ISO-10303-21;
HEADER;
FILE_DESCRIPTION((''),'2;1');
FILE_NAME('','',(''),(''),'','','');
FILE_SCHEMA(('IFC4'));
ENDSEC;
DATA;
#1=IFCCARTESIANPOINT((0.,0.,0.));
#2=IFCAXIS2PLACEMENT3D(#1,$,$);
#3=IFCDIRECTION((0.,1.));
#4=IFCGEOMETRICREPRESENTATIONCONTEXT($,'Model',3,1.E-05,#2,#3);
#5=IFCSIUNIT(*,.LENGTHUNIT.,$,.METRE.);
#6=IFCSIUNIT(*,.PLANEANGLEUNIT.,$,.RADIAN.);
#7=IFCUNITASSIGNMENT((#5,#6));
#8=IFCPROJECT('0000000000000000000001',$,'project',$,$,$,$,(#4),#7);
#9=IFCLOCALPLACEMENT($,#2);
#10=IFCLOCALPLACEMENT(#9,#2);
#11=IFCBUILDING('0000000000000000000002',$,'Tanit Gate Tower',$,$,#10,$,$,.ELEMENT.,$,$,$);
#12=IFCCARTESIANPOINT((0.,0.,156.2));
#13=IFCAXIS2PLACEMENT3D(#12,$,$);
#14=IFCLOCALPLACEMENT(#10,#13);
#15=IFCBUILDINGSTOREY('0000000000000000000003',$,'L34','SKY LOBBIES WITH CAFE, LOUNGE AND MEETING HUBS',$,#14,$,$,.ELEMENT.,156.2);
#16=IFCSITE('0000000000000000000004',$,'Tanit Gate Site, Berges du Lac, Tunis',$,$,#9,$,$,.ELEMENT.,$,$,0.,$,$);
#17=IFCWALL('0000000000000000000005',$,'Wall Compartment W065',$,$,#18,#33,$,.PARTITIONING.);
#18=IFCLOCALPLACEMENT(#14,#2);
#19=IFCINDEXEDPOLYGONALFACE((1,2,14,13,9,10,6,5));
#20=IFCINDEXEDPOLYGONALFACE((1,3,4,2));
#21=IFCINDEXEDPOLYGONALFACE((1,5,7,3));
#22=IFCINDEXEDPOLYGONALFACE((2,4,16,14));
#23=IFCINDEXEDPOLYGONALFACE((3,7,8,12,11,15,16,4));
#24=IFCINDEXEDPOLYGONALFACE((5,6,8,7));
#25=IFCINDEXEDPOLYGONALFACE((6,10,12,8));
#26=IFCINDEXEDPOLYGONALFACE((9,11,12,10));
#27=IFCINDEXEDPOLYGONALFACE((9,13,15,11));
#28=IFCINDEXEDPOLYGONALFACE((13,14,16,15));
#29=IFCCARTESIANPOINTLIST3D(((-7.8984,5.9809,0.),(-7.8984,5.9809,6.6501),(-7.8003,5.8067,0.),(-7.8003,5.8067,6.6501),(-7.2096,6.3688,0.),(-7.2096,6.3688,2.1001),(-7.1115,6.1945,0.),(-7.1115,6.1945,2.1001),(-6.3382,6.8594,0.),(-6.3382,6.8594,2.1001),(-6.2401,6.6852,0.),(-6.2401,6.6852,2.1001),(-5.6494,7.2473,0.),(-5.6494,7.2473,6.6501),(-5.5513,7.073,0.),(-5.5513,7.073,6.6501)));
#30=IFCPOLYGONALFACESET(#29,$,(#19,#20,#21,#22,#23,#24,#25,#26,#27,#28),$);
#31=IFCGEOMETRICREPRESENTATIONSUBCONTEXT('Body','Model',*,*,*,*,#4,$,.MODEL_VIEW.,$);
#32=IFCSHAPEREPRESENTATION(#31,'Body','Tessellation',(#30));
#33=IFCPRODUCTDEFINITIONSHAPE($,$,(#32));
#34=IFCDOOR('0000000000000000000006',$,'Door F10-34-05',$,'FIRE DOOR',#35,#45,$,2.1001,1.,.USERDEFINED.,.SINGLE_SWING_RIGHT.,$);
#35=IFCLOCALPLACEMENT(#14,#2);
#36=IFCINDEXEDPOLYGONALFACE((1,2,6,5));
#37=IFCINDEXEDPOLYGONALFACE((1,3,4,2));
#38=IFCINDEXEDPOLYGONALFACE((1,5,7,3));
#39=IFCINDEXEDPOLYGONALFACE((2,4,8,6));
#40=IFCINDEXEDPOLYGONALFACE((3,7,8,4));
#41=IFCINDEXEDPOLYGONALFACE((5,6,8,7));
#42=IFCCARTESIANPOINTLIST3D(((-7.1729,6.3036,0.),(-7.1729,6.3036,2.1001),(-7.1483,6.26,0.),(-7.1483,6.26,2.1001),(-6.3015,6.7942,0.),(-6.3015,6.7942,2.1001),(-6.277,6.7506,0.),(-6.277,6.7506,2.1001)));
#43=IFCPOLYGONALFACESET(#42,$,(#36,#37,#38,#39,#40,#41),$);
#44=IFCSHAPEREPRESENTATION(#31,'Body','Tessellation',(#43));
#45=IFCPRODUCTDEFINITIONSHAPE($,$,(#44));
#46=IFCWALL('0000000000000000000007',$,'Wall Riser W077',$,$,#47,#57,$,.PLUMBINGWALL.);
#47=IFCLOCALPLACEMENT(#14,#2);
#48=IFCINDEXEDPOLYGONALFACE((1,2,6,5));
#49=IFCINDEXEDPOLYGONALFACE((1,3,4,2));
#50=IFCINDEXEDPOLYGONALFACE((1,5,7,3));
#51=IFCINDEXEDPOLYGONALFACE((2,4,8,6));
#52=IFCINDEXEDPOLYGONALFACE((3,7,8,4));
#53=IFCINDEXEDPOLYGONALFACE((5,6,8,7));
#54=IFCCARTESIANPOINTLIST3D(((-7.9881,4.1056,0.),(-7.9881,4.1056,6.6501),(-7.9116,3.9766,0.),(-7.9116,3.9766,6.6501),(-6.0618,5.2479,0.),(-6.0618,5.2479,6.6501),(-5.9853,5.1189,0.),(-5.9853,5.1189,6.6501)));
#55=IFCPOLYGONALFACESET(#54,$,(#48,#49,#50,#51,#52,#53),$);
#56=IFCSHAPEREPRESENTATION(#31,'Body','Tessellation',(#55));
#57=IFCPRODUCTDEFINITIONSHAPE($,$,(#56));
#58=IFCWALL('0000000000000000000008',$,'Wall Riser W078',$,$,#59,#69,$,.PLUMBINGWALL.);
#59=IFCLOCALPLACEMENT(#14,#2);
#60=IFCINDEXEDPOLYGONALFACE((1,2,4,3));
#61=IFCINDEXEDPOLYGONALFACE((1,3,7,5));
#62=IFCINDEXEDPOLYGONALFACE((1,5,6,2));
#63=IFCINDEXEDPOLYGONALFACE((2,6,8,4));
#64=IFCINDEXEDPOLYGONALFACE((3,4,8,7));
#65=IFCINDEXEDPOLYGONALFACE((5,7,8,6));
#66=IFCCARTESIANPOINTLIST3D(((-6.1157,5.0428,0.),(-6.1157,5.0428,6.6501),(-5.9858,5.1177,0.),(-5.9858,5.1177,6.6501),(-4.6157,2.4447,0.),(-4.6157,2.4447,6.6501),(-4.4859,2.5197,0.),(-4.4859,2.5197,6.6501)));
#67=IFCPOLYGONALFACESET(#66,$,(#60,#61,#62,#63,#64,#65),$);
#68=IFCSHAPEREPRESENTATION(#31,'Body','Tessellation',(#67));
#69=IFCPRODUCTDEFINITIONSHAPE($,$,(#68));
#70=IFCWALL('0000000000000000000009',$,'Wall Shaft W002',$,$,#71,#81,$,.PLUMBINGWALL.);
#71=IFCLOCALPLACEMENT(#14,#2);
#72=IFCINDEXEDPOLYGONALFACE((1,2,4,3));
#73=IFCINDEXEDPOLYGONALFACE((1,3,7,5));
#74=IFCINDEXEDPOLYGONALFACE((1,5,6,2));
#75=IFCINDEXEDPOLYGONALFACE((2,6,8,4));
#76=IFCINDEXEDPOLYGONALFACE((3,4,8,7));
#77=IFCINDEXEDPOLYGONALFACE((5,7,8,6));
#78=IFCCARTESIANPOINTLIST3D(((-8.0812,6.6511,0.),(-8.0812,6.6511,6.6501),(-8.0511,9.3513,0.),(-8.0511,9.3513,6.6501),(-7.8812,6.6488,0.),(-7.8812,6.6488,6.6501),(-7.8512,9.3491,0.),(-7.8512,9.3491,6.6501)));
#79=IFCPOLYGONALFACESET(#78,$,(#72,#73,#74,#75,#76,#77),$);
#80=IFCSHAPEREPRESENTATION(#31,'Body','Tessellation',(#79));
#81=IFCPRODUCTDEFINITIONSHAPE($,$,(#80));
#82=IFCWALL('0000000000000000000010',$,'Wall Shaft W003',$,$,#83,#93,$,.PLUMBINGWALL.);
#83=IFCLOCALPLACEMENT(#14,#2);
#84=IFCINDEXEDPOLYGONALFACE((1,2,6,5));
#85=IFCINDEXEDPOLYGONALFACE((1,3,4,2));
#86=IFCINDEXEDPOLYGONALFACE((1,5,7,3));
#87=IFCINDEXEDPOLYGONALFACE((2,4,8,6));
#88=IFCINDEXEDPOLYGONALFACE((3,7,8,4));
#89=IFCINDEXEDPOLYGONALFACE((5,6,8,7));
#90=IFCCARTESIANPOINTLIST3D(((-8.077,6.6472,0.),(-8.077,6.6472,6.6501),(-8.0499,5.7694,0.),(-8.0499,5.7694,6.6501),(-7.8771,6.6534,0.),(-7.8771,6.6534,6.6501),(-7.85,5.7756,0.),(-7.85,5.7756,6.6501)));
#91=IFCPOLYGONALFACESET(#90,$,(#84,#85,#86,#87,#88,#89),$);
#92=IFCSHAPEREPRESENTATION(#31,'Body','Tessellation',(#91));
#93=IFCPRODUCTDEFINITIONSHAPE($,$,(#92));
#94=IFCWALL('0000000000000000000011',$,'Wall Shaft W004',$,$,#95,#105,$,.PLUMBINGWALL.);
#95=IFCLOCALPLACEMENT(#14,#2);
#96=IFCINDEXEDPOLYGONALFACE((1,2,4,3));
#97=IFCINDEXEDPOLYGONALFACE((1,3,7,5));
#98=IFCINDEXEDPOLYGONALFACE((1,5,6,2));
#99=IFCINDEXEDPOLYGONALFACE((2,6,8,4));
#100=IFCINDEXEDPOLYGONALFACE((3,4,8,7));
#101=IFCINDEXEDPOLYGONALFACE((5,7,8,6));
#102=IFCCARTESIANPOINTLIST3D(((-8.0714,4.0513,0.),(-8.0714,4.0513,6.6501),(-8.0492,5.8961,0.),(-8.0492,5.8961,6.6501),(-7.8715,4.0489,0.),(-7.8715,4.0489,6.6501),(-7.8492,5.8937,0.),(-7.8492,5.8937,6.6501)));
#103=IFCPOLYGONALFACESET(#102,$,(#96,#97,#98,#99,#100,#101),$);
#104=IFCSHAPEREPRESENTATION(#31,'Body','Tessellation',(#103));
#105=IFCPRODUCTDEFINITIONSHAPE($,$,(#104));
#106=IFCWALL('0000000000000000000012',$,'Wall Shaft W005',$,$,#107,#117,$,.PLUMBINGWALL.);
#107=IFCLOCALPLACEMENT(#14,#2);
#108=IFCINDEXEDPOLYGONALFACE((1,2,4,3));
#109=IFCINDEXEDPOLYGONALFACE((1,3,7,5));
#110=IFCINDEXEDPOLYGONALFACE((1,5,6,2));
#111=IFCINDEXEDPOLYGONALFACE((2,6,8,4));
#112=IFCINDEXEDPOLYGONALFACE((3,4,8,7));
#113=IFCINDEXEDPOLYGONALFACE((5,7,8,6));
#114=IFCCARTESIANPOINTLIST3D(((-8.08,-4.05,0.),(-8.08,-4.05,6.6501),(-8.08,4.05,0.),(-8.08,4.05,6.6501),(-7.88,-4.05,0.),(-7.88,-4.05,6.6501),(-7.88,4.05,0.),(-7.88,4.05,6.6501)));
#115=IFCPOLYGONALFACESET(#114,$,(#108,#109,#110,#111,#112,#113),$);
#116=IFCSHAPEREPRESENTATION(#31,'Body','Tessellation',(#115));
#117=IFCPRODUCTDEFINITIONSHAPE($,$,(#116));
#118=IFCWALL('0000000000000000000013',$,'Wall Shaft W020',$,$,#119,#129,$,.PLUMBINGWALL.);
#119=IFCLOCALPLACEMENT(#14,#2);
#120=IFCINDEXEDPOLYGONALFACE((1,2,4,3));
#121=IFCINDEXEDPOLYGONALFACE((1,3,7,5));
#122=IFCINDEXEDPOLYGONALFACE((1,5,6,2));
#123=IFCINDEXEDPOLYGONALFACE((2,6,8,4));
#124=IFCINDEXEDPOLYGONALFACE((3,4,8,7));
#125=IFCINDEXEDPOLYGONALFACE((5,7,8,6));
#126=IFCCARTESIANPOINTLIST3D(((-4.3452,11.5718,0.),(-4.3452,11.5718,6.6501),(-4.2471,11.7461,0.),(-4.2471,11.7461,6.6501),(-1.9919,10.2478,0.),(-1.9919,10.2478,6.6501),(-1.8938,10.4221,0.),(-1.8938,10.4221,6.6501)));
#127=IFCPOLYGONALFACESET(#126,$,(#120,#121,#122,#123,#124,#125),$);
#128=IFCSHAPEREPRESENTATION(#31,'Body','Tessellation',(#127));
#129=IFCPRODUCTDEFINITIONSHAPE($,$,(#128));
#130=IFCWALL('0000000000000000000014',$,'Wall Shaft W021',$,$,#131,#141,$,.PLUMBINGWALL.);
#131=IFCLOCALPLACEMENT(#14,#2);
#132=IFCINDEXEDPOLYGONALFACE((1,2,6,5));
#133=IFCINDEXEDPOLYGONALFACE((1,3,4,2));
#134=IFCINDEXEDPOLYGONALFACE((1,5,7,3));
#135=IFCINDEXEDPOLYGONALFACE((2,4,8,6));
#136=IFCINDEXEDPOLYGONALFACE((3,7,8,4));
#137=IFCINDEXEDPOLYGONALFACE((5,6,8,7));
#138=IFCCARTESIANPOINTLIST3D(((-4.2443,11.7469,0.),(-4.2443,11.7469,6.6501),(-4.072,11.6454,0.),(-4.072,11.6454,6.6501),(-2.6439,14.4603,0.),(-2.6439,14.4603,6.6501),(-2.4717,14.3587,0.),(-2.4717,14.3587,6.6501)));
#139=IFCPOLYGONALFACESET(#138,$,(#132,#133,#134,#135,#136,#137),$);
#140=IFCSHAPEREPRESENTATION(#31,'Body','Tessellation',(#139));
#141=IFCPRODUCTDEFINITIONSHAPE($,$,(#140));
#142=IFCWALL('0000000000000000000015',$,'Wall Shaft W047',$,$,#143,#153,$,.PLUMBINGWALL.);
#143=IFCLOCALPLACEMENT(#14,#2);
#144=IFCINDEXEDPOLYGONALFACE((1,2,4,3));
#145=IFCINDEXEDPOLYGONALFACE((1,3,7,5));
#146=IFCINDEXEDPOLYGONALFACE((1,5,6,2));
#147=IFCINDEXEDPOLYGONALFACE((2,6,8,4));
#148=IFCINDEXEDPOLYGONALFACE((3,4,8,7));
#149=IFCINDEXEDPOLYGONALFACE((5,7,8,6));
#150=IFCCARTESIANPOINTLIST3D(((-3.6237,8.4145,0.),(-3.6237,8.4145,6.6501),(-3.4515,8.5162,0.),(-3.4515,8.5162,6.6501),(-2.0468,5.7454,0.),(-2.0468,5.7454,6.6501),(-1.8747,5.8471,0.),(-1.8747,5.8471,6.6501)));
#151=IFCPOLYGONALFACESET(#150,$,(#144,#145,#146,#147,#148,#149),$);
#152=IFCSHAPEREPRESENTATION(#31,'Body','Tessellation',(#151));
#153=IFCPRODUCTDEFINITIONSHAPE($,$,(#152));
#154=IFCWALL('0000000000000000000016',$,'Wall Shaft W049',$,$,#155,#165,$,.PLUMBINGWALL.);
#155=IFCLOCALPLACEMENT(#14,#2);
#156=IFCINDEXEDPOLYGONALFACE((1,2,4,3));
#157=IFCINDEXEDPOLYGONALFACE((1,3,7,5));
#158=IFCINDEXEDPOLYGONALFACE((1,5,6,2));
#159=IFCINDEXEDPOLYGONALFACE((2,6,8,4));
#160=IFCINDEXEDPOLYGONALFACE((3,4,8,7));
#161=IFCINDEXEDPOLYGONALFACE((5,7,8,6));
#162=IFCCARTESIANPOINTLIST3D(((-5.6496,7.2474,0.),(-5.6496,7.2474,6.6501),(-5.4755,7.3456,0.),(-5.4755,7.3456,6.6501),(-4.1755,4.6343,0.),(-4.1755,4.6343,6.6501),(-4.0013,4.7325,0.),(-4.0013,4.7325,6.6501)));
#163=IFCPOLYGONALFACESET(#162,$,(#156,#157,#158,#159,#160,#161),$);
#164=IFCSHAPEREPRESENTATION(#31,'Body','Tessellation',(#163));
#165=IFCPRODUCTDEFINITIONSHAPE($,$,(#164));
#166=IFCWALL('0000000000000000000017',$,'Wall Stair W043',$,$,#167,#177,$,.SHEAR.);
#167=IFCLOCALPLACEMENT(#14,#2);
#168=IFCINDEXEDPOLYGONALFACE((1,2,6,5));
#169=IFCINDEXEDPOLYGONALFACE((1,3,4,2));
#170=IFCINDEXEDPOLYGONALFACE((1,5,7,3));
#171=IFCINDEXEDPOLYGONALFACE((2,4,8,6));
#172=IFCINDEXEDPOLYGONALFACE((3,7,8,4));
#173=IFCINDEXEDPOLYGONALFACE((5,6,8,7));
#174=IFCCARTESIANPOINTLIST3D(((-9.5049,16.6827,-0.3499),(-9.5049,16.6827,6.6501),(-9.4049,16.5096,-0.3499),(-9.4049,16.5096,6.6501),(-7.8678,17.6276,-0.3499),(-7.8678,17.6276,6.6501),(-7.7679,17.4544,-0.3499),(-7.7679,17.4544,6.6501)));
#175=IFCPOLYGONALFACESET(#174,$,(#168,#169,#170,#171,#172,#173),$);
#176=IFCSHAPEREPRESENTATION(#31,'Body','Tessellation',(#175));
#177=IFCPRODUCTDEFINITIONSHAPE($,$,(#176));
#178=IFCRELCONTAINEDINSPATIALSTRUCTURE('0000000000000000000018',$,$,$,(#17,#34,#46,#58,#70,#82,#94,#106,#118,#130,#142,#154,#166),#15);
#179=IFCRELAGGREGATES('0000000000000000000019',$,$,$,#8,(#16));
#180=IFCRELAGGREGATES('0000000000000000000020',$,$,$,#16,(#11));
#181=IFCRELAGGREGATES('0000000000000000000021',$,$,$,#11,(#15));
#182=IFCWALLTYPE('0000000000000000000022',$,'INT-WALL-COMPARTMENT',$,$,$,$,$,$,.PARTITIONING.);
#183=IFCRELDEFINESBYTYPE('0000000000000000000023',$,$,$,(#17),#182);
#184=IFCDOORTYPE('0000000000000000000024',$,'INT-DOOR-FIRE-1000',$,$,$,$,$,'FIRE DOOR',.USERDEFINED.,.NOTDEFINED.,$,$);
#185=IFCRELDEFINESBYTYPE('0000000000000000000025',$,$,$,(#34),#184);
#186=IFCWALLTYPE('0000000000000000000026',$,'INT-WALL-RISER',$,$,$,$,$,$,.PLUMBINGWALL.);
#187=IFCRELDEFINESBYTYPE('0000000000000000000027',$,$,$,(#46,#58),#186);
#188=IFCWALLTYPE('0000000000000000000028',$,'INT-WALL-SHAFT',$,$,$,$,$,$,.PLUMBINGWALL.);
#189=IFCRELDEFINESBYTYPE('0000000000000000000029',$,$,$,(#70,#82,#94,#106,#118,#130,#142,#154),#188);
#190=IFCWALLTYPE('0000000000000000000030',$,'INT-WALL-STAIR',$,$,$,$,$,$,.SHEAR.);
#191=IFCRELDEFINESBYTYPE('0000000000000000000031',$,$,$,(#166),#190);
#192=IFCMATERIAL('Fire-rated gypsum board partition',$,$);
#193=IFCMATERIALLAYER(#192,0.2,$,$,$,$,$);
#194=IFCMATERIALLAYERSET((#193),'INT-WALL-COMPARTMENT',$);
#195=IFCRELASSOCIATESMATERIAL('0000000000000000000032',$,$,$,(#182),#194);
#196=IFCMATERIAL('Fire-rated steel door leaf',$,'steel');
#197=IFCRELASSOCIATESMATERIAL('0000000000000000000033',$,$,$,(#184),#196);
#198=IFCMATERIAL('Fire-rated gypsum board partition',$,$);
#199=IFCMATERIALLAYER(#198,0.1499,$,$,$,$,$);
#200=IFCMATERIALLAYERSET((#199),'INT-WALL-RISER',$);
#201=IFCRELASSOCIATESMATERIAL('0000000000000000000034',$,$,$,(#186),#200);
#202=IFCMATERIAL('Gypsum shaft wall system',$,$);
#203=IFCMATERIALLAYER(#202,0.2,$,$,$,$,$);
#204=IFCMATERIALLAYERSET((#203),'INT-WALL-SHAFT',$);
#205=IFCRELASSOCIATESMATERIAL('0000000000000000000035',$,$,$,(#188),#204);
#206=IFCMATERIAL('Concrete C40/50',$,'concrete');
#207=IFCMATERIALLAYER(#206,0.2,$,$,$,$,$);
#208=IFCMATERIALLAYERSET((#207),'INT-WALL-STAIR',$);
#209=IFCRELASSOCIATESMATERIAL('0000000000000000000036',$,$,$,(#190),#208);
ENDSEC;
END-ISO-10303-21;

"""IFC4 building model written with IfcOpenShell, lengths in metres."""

from ifc_helpers import new_model, si_unit, direction, frame, frame_2d, origin, place, context, subcontext, project, spatial, rectangle, extrude, material, layer, layer_set, type_object, element, fill, save


model = new_model("IFC4")

# Units and contexts
model_context = context("Model", 3, precision=1e-05, world=origin(), true_north=direction((0.0, 1.0)))
body_context = subcontext(model_context, "Body", "Model", "MODEL_VIEW")
ifc_project = project(units=[si_unit("LENGTHUNIT", "METRE"), si_unit("PLANEANGLEUNIT", "RADIAN")], contexts=[model_context])

# Site, building, storey
site_placement = place(None, origin())
site = spatial("IfcSite", under=ifc_project, at=site_placement, Name="Tanit Gate Site, Berges du Lac, Tunis", CompositionType="ELEMENT", RefElevation=0.0)
building_placement = place(site_placement, origin())
building = spatial("IfcBuilding", under=site, at=building_placement, Name="Tanit Gate Tower", CompositionType="ELEMENT")
storey_placement = place(building_placement, frame((0.0, 0.0, 156.2)))
storey = spatial("IfcBuildingStorey", under=building, at=storey_placement, Name="L34", Description="SKY LOBBIES WITH CAFE, LOUNGE AND MEETING HUBS", CompositionType="ELEMENT", Elevation=156.2)

# Wall, opening, door
ifc_material_1 = material(Name="Fire-rated gypsum board partition")
ifc_layer_1 = layer(ifc_material_1, 0.2)
ifc_layer_set_1 = layer_set([ifc_layer_1], Name="INT-WALL-COMPARTMENT")
wall_type_1 = type_object("IfcWallType", Name="INT-WALL-COMPARTMENT", PredefinedType="PARTITIONING", material=ifc_layer_set_1)
wall_1_placement = place(storey_placement, frame((-5.6003, 7.1602, 0.0), z_axis=(0.0, 0.0, 1.0), x_axis=(-0.871363, -0.490638, 0.0)))
wall_1 = element("IfcWall", 1, at=wall_1_placement, inside=storey, type_object=wall_type_1, Name="Wall Compartment W065", PredefinedType="PARTITIONING", context=body_context, shape_type="SweptSolid", body=[
    extrude(rectangle(XDim=2.5811, YDim=0.2, at=frame_2d((1.2905, 0.0))), origin(), (0.0, 0.0, 1.0), 6.6501),
])
opening_1_placement = place(wall_1_placement, frame((0.7905, 0.0, 0.0)))
opening_1 = element("IfcOpeningElement", 2, at=opening_1_placement, cuts=wall_1, PredefinedType="OPENING", context=body_context, shape_type="SweptSolid", body=[
    extrude(rectangle(XDim=1.0, YDim=2.1001, at=frame_2d((0.5, 1.05))), frame((0.0, 0.1099, 0.0), z_axis=(0.0, -1.0, 0.0), x_axis=(1.0, 0.0, 0.0)), (0.0, 0.0, 1.0), 0.22),
])
ifc_material_2 = material(Name="Fire-rated steel door leaf", Category="steel")
door_type_1 = type_object("IfcDoorType", Name="INT-DOOR-FIRE-1000", ElementType="FIRE DOOR", OperationType="NOTDEFINED", PredefinedType="USERDEFINED", material=ifc_material_2)
door_1_placement = place(opening_1_placement, origin())
door_1 = element("IfcDoor", 3, at=door_1_placement, inside=storey, type_object=door_type_1, Name="Door F10-34-05", ObjectType="FIRE DOOR", OperationType="SINGLE_SWING_RIGHT", OverallHeight=2.1001, OverallWidth=1.0, PredefinedType="USERDEFINED", context=body_context, shape_type="SweptSolid", body=[
    extrude(rectangle(XDim=1.0, YDim=2.1001, at=frame_2d((0.5, 1.05))), frame((0.0, 0.0249, 0.0), z_axis=(0.0, -1.0, 0.0), x_axis=(1.0, 0.0, 0.0)), (0.0, 0.0, 1.0), 0.05),
])
fill(opening_1, door_1)

# Walls
ifc_material_3 = material(Name="Fire-rated gypsum board partition")
ifc_layer_2 = layer(ifc_material_3, 0.1499)
ifc_layer_set_2 = layer_set([ifc_layer_2], Name="INT-WALL-RISER")
wall_type_2 = type_object("IfcWallType", Name="INT-WALL-RISER", PredefinedType="PLUMBINGWALL", material=ifc_layer_set_2)
wall_2_placement = place(storey_placement, frame((-6.0237, 5.1833, 0.0), z_axis=(0.0, 0.0, 1.0), x_axis=(-0.860127, -0.51008, 0.0)))
element("IfcWall", 4, at=wall_2_placement, inside=storey, type_object=wall_type_2, Name="Wall Riser W077", PredefinedType="PLUMBINGWALL", context=body_context, shape_type="SweptSolid", body=[
    extrude(rectangle(XDim=2.2395, YDim=0.1499, at=frame_2d((1.1196, 0.0))), origin(), (0.0, 0.0, 1.0), 6.6501),
])
wall_3_placement = place(storey_placement, frame((-4.5508, 2.4822, 0.0), z_axis=(0.0, 0.0, 1.0), x_axis=(-0.49999, 0.866031, 0.0)))
element("IfcWall", 5, at=wall_3_placement, inside=storey, type_object=wall_type_2, Name="Wall Riser W078", PredefinedType="PLUMBINGWALL", context=body_context, shape_type="SweptSolid", body=[
    extrude(rectangle(XDim=3.0, YDim=0.1499, at=frame_2d((1.5, 0.0))), origin(), (0.0, 0.0, 1.0), 6.6501),
])
ifc_material_4 = material(Name="Gypsum shaft wall system")
ifc_layer_3 = layer(ifc_material_4, 0.2)
ifc_layer_set_3 = layer_set([ifc_layer_3], Name="INT-WALL-SHAFT")
wall_type_3 = type_object("IfcWallType", Name="INT-WALL-SHAFT", PredefinedType="PLUMBINGWALL", material=ifc_layer_set_3)
wall_4_placement = place(storey_placement, frame((-7.9512, 9.3501, 0.0), z_axis=(0.0, 0.0, 1.0), x_axis=(-0.01112, -0.999938, 0.0)))
element("IfcWall", 6, at=wall_4_placement, inside=storey, type_object=wall_type_3, Name="Wall Shaft W002", PredefinedType="PLUMBINGWALL", context=body_context, shape_type="SweptSolid", body=[
    extrude(rectangle(XDim=2.7004, YDim=0.2, at=frame_2d((1.3501, 0.0))), origin(), (0.0, 0.0, 1.0), 6.6501),
])
wall_5_placement = place(storey_placement, frame((-7.9771, 6.6501, 0.0), z_axis=(0.0, 0.0, 1.0), x_axis=(0.030862, -0.999524, 0.0)))
element("IfcWall", 7, at=wall_5_placement, inside=storey, type_object=wall_type_3, Name="Wall Shaft W003", PredefinedType="PLUMBINGWALL", context=body_context, shape_type="SweptSolid", body=[
    extrude(rectangle(XDim=0.8782, YDim=0.2, at=frame_2d((0.439, 0.0))), origin(), (0.0, 0.0, 1.0), 6.6501),
])
wall_6_placement = place(storey_placement, frame((-7.9492, 5.8948, 0.0), z_axis=(0.0, 0.0, 1.0), x_axis=(-0.012043, -0.999927, 0.0)))
element("IfcWall", 8, at=wall_6_placement, inside=storey, type_object=wall_type_3, Name="Wall Shaft W004", PredefinedType="PLUMBINGWALL", context=body_context, shape_type="SweptSolid", body=[
    extrude(rectangle(XDim=1.845, YDim=0.2, at=frame_2d((0.9224, 0.0))), origin(), (0.0, 0.0, 1.0), 6.6501),
])
wall_7_placement = place(storey_placement, frame((-7.98, 4.05, 0.0), z_axis=(0.0, 0.0, 1.0), x_axis=(0.0, -1.0, 0.0)))
element("IfcWall", 9, at=wall_7_placement, inside=storey, type_object=wall_type_3, Name="Wall Shaft W005", PredefinedType="PLUMBINGWALL", context=body_context, shape_type="SweptSolid", body=[
    extrude(rectangle(XDim=8.1001, YDim=0.2, at=frame_2d((4.05, 0.0))), origin(), (0.0, 0.0, 1.0), 6.6501),
])
wall_8_placement = place(storey_placement, frame((-4.2961, 11.6589, 0.0), z_axis=(0.0, 0.0, 1.0), x_axis=(0.871534, -0.490334, 0.0)))
element("IfcWall", 10, at=wall_8_placement, inside=storey, type_object=wall_type_3, Name="Wall Shaft W020", PredefinedType="PLUMBINGWALL", context=body_context, shape_type="SweptSolid", body=[
    extrude(rectangle(XDim=2.7002, YDim=0.2, at=frame_2d((1.3501, 0.0))), origin(), (0.0, 0.0, 1.0), 6.6501),
])
wall_9_placement = place(storey_placement, frame((-4.1582, 11.696, 0.0), z_axis=(0.0, 0.0, 1.0), x_axis=(0.508019, 0.861346, 0.0)))
element("IfcWall", 11, at=wall_9_placement, inside=storey, type_object=wall_type_3, Name="Wall Shaft W021", PredefinedType="PLUMBINGWALL", context=body_context, shape_type="SweptSolid", body=[
    extrude(rectangle(XDim=3.1501, YDim=0.2, at=frame_2d((1.5752, 0.0))), origin(), (0.0, 0.0, 1.0), 6.6501),
])

# Walls
wall_10_placement = place(storey_placement, frame((-3.5376, 8.4653, 0.0), z_axis=(0.0, 0.0, 1.0), x_axis=(0.508647, -0.860975, 0.0)))
element("IfcWall", 12, at=wall_10_placement, inside=storey, type_object=wall_type_3, Name="Wall Shaft W047", PredefinedType="PLUMBINGWALL", context=body_context, shape_type="SweptSolid", body=[
    extrude(rectangle(XDim=3.1001, YDim=0.2, at=frame_2d((1.55, 0.0))), origin(), (0.0, 0.0, 1.0), 6.6501),
])
wall_11_placement = place(storey_placement, frame((-5.5625, 7.2964, 0.0), z_axis=(0.0, 0.0, 1.0), x_axis=(0.491347, -0.870964, 0.0)))
element("IfcWall", 13, at=wall_11_placement, inside=storey, type_object=wall_type_3, Name="Wall Shaft W049", PredefinedType="PLUMBINGWALL", context=body_context, shape_type="SweptSolid", body=[
    extrude(rectangle(XDim=3.0002, YDim=0.2, at=frame_2d((1.5, 0.0))), origin(), (0.0, 0.0, 1.0), 6.6501),
])
ifc_material_5 = material(Name="Concrete C40/50", Category="concrete")
ifc_layer_4 = layer(ifc_material_5, 0.2)
ifc_layer_set_4 = layer_set([ifc_layer_4], Name="INT-WALL-STAIR")
wall_type_4 = type_object("IfcWallType", Name="INT-WALL-STAIR", PredefinedType="SHEAR", material=ifc_layer_set_4)
wall_12_placement = place(storey_placement, frame((-7.8179, 17.541, -0.3499), z_axis=(0.0, 0.0, 1.0), x_axis=(-0.866089, -0.49989, 0.0)))
element("IfcWall", 14, at=wall_12_placement, inside=storey, type_object=wall_type_4, Name="Wall Stair W043", PredefinedType="SHEAR", context=body_context, shape_type="SweptSolid", body=[
    extrude(rectangle(XDim=1.8901, YDim=0.2, at=frame_2d((0.9451, 0.0))), origin(), (0.0, 0.0, 1.0), 7.0),
])

save(model, "model.ifc")
